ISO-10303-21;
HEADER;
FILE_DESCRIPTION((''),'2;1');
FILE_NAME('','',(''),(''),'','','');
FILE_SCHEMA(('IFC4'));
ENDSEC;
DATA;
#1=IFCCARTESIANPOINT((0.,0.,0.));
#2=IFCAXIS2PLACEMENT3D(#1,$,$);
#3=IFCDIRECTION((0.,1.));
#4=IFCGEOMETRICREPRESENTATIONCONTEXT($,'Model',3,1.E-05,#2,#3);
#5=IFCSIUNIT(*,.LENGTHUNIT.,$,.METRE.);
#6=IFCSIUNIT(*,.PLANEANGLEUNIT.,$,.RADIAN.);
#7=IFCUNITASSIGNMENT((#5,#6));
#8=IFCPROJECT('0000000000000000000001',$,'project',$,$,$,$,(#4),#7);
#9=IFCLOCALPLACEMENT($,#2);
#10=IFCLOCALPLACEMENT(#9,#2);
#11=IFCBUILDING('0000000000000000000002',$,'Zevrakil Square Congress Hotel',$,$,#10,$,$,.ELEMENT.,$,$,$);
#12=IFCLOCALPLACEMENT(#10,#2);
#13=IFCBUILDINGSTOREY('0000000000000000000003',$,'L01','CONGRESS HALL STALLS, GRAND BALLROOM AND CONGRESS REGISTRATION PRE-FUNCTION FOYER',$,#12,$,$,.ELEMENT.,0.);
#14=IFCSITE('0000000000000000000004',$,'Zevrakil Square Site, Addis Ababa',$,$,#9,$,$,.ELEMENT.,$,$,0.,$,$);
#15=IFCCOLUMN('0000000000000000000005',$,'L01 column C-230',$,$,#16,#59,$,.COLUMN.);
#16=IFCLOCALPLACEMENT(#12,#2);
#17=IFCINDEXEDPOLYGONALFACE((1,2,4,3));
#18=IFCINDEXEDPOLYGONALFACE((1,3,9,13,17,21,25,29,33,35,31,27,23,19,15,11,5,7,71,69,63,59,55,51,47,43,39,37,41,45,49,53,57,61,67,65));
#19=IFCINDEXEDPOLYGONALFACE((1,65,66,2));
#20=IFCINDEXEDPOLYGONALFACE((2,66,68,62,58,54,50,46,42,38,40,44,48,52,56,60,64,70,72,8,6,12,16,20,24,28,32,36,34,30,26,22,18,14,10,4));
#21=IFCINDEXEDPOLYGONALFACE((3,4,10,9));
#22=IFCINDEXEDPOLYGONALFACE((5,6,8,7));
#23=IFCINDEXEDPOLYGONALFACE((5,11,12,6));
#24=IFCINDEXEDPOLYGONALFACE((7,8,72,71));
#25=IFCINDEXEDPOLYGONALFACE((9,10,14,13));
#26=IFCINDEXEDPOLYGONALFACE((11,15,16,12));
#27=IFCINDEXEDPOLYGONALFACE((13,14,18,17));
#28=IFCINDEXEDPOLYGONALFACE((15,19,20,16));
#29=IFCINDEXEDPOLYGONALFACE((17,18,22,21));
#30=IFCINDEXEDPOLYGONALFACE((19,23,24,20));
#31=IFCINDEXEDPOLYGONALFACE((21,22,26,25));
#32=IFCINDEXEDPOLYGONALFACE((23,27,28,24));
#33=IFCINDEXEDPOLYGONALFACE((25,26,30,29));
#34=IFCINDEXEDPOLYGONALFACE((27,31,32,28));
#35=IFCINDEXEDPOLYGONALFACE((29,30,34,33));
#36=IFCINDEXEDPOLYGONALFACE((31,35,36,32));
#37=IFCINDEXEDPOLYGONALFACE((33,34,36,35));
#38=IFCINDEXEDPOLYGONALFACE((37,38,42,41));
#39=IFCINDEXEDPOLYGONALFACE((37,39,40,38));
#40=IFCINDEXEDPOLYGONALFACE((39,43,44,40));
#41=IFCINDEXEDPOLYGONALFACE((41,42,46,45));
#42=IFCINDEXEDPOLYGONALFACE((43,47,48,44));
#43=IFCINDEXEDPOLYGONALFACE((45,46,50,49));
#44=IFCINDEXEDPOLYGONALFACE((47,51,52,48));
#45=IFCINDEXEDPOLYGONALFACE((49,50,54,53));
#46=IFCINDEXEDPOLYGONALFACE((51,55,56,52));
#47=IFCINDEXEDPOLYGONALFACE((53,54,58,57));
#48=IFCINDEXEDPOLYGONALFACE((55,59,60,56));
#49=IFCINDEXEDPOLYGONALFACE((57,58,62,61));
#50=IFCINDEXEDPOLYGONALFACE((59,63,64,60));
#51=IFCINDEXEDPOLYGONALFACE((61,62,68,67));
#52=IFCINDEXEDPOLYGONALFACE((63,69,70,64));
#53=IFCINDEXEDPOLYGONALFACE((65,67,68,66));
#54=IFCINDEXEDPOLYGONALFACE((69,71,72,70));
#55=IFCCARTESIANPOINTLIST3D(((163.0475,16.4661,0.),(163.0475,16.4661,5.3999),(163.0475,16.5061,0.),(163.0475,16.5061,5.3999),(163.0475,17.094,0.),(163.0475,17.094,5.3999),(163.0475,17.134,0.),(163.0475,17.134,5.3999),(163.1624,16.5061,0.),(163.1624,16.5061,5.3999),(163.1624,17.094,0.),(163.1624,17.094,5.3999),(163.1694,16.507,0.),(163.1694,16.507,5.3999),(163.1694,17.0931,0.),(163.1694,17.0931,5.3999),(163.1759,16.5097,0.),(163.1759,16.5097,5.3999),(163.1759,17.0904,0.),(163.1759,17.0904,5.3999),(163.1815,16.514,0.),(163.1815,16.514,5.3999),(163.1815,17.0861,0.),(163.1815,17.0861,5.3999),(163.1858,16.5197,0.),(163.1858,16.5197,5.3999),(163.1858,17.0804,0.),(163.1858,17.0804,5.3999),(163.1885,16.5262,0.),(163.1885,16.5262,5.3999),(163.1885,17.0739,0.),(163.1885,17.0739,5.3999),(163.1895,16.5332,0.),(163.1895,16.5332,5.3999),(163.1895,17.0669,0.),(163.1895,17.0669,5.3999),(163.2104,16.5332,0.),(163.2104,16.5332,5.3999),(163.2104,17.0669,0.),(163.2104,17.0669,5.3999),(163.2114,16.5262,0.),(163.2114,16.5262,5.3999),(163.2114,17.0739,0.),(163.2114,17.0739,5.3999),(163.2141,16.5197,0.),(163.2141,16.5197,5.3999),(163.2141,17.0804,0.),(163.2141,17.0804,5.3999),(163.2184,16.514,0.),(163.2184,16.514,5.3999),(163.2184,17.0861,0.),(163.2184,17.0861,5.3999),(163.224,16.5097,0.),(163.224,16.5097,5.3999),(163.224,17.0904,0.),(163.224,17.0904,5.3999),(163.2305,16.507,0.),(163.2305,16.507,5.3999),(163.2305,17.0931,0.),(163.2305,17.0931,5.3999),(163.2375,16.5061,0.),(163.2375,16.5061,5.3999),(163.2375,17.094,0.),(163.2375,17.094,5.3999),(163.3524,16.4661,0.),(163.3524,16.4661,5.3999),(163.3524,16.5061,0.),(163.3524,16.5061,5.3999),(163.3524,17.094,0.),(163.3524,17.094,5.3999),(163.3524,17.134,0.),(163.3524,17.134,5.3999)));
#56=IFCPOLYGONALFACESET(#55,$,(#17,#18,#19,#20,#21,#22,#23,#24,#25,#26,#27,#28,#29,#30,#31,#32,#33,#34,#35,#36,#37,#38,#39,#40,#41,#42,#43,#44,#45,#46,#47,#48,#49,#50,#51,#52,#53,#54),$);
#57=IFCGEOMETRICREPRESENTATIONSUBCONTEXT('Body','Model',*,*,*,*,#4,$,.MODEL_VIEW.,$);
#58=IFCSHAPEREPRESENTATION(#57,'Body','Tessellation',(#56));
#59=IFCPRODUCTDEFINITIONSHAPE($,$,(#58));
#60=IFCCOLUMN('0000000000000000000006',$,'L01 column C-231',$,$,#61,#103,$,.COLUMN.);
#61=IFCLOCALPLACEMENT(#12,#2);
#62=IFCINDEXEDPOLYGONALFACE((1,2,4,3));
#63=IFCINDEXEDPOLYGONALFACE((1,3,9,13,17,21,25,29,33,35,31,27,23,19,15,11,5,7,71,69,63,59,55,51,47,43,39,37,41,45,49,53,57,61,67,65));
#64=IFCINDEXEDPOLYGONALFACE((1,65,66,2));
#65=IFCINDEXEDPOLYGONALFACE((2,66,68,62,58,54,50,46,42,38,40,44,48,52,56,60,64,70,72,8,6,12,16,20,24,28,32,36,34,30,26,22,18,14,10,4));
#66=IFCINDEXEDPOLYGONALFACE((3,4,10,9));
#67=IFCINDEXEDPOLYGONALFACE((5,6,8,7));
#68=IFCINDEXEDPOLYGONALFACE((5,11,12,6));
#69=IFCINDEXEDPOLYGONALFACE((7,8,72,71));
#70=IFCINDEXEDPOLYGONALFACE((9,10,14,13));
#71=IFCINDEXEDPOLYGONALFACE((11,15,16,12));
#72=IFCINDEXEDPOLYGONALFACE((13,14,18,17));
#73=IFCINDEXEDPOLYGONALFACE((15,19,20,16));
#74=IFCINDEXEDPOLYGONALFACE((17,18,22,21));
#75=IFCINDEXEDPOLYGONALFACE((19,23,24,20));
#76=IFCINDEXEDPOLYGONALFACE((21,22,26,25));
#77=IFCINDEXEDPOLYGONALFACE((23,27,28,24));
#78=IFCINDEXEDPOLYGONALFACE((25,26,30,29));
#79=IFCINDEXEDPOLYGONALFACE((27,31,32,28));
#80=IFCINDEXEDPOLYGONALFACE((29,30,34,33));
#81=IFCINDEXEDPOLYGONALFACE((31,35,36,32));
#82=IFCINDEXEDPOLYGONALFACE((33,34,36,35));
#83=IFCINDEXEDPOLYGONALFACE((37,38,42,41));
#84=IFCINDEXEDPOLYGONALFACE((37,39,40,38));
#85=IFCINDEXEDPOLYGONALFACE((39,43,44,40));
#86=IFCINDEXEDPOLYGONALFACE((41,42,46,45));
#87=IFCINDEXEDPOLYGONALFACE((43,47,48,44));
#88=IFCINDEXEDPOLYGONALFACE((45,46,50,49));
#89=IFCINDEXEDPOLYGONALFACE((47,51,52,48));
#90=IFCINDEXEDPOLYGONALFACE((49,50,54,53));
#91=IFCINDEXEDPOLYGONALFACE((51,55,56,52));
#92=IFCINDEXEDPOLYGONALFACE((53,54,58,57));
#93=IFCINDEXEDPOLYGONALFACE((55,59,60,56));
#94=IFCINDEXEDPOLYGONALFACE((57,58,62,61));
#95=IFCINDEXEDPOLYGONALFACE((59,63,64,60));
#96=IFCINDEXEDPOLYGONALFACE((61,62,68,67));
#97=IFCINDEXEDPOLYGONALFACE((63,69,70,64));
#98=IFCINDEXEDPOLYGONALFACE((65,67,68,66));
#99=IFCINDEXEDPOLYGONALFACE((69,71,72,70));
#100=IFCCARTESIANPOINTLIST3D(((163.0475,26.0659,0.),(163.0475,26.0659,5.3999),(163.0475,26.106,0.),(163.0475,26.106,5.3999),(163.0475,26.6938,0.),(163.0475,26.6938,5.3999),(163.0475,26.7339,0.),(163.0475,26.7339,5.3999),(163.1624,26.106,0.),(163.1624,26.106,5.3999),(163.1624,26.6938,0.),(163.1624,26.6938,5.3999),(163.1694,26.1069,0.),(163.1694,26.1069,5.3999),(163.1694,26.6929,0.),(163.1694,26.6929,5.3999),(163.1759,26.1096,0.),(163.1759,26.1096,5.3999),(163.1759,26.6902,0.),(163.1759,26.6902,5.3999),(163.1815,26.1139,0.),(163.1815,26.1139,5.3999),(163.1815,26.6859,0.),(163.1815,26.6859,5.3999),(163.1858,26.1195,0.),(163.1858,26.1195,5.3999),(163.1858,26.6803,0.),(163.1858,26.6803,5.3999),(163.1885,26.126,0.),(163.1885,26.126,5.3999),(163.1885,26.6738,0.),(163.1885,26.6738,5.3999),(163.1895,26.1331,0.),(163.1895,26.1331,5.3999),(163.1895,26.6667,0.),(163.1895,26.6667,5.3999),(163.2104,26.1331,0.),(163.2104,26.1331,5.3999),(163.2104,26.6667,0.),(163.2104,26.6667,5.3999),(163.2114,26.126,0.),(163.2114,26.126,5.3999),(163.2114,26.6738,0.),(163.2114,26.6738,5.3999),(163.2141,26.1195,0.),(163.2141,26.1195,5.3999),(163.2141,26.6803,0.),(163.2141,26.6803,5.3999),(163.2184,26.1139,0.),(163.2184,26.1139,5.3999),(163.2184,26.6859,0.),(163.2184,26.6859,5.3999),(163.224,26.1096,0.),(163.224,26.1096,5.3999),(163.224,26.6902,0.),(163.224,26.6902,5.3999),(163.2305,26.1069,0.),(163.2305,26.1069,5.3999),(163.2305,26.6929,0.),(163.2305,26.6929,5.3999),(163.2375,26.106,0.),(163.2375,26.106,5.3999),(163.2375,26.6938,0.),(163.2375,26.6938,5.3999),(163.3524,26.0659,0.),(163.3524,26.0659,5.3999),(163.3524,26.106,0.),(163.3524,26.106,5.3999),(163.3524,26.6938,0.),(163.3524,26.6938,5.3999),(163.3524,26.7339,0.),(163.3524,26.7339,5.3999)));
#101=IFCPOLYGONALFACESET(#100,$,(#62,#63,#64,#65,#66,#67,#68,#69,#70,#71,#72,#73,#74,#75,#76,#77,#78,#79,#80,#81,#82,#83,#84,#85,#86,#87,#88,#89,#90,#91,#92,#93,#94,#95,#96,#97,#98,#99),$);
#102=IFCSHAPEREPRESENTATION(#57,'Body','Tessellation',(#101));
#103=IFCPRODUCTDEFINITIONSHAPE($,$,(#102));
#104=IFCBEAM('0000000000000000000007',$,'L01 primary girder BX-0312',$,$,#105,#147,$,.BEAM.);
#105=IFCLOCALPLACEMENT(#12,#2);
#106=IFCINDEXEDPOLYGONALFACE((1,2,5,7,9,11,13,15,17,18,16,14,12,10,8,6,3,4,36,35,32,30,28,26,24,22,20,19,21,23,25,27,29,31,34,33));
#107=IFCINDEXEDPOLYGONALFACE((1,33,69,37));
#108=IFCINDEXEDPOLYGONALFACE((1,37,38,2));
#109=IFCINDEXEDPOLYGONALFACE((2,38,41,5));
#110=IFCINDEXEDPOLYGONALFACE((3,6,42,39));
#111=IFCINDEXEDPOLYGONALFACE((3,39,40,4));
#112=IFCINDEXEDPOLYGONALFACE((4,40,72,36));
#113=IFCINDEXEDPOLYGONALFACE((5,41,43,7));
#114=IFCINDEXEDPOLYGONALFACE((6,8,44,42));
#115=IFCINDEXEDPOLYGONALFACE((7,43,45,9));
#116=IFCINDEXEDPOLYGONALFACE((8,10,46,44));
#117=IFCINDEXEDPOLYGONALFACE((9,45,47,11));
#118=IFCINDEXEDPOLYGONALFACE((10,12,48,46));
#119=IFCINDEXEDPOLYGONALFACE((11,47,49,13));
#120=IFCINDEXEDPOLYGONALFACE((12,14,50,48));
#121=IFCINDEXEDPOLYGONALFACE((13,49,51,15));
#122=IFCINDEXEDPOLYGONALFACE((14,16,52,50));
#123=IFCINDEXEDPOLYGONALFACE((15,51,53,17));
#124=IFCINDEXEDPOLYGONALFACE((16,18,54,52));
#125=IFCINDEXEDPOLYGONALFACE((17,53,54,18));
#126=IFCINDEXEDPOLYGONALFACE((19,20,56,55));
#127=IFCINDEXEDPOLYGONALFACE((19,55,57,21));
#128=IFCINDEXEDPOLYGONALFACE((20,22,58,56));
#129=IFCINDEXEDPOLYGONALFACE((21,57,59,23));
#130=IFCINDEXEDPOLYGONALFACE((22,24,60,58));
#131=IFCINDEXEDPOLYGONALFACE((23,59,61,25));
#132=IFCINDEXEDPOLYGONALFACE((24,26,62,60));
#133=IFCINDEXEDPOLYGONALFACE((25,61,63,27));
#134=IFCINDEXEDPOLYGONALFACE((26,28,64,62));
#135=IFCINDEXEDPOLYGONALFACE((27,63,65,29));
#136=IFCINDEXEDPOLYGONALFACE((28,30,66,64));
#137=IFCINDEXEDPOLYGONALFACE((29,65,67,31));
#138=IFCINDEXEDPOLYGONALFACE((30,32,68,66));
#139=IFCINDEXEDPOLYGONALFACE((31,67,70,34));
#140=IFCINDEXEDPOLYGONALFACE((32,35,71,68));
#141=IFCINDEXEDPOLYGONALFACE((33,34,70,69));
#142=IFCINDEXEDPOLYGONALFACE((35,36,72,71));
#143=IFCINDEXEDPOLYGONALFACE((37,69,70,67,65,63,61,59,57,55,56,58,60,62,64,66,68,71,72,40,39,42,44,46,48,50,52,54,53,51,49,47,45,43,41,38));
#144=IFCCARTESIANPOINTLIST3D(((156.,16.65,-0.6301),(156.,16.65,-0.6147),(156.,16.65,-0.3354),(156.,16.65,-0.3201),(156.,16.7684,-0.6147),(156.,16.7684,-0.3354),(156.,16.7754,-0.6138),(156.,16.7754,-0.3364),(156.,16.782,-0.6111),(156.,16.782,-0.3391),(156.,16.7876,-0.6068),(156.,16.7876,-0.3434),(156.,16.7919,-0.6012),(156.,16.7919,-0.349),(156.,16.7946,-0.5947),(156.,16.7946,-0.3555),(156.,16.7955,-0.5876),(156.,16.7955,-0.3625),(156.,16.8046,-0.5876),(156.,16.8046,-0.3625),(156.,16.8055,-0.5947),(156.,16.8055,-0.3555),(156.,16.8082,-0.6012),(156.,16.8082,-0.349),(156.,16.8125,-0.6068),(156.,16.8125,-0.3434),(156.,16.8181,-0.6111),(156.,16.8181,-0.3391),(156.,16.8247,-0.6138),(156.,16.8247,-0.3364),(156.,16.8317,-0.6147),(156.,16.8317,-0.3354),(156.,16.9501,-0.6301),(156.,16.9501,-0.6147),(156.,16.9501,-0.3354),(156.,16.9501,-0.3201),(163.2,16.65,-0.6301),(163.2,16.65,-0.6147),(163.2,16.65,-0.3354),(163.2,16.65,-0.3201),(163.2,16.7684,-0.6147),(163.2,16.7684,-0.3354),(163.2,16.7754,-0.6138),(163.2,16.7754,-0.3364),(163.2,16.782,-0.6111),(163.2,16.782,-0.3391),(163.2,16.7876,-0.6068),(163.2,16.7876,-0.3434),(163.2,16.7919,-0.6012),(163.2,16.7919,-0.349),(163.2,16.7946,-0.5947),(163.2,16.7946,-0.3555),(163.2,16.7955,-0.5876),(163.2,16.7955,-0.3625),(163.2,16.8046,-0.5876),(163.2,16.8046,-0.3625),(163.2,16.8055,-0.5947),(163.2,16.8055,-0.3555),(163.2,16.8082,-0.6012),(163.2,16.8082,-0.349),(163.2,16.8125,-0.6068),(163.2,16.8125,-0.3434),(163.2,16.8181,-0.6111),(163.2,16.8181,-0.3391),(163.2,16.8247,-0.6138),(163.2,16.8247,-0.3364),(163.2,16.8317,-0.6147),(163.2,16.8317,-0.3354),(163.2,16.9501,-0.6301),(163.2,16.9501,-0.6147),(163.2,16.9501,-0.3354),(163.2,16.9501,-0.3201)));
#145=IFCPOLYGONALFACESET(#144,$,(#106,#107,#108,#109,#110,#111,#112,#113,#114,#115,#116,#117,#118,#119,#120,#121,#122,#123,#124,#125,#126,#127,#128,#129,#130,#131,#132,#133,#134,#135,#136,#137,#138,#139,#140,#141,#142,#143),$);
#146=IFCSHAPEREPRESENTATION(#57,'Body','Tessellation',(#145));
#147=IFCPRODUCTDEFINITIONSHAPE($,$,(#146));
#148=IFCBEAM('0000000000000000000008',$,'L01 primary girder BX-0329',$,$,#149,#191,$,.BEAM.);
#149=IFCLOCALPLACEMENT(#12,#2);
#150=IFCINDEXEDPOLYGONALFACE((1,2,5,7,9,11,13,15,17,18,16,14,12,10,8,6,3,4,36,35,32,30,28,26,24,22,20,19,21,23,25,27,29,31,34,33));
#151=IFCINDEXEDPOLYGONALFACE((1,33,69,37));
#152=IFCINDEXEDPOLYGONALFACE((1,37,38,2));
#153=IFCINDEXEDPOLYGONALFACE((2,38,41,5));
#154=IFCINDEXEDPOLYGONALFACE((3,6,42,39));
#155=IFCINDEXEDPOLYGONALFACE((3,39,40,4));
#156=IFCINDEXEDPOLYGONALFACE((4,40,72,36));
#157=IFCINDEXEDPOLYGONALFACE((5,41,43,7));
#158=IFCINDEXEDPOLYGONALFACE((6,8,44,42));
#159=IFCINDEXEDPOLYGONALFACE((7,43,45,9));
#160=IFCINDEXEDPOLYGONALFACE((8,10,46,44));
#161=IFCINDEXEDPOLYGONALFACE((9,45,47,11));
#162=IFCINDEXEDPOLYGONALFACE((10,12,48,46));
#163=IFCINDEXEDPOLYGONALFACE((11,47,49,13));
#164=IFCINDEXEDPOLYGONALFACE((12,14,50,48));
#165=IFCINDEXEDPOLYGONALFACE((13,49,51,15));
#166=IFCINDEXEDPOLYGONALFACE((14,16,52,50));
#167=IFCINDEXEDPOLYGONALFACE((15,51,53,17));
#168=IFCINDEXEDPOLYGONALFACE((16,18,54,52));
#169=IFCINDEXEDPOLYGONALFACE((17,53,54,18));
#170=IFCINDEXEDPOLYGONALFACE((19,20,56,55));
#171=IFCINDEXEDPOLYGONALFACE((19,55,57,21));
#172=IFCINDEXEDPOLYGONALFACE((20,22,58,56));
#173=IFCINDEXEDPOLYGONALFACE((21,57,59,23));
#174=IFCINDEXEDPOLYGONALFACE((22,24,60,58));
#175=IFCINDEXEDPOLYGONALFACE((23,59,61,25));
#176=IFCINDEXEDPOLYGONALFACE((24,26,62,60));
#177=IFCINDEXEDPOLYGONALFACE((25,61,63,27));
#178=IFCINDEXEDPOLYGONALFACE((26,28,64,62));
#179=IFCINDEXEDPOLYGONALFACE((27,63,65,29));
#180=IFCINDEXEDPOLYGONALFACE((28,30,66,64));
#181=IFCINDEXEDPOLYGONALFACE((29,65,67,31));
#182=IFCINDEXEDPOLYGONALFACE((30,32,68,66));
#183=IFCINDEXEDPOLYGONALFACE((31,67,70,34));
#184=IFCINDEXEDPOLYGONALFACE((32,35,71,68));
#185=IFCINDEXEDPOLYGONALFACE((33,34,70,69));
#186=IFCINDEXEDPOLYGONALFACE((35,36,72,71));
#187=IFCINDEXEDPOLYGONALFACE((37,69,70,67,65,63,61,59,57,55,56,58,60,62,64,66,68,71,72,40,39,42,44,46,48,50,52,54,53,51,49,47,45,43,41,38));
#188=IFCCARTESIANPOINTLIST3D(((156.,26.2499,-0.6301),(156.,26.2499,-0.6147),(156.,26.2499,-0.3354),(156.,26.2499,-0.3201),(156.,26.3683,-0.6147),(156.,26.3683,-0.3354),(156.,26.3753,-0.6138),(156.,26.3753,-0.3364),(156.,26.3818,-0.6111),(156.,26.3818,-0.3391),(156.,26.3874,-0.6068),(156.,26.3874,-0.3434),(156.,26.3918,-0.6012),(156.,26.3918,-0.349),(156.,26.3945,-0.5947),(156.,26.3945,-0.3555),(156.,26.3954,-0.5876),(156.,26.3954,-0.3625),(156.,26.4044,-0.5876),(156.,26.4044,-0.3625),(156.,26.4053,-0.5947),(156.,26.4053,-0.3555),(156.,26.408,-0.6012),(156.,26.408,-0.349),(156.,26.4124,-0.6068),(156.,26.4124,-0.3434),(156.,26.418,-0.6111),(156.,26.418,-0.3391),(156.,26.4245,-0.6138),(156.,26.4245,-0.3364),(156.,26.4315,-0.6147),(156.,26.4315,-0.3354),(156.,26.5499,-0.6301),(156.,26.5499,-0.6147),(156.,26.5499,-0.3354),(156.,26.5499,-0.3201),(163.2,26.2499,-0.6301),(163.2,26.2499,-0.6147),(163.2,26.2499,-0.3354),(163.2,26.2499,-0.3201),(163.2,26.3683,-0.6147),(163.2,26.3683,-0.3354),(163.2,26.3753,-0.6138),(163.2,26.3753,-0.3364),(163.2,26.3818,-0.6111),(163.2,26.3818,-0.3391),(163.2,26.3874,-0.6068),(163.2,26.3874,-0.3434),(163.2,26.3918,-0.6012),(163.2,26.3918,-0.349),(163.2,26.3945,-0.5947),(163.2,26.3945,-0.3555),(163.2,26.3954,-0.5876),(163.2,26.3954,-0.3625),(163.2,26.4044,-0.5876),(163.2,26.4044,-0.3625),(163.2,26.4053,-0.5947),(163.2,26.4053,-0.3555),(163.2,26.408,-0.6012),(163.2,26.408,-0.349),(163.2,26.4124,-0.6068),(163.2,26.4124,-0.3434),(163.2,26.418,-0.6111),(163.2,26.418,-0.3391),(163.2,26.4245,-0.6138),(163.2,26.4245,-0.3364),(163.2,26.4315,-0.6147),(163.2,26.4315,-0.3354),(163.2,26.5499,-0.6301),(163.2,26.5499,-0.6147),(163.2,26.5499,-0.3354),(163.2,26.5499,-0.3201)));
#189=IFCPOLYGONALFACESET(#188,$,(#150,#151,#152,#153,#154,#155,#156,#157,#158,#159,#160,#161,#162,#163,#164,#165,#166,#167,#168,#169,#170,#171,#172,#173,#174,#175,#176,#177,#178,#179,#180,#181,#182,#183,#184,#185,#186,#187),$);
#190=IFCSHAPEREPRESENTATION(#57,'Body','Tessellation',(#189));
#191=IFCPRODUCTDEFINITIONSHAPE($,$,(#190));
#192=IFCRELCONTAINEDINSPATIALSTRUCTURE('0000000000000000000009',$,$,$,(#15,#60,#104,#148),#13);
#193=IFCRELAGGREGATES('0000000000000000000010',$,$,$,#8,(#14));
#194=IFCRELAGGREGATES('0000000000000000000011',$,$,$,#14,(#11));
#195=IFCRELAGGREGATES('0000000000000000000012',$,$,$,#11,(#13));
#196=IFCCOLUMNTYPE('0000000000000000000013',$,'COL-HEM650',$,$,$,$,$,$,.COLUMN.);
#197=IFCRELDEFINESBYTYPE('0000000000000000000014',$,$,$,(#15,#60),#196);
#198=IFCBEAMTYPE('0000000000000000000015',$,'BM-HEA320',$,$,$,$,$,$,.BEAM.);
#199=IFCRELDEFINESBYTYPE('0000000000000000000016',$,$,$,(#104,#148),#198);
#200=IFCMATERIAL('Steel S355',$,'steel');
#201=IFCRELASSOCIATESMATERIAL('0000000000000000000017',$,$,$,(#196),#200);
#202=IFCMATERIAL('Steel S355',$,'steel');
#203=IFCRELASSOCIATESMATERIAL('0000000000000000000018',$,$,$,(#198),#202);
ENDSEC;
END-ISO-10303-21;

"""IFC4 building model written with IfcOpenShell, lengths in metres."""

from ifc_helpers import new_model, si_unit, direction, frame, origin, origin_2d, place, context, subcontext, project, spatial, i_section, extrude, material, material_profile, profile_set, type_object, element, save


model = new_model("IFC4")

# Units and contexts
model_context = context("Model", 3, precision=1e-05, world=origin(), true_north=direction((0.0, 1.0)))
body_context = subcontext(model_context, "Body", "Model", "MODEL_VIEW")
ifc_project = project(units=[si_unit("LENGTHUNIT", "METRE"), si_unit("PLANEANGLEUNIT", "RADIAN")], contexts=[model_context])

# Site, building, storey
site_placement = place(None, origin())
site = spatial("IfcSite", under=ifc_project, at=site_placement, Name="Zevrakil Square Site, Addis Ababa", CompositionType="ELEMENT", RefElevation=0.0)
building_placement = place(site_placement, origin())
building = spatial("IfcBuilding", under=site, at=building_placement, Name="Zevrakil Square Congress Hotel", CompositionType="ELEMENT")
storey_placement = place(building_placement, origin())
storey = spatial("IfcBuildingStorey", under=building, at=storey_placement, Name="L01", Description="CONGRESS HALL STALLS, GRAND BALLROOM AND CONGRESS REGISTRATION PRE-FUNCTION FOYER", CompositionType="ELEMENT", Elevation=0.0)

# Columns
ifc_material_1 = material(Name="Steel S355", Category="steel")
ifc_material_profile_1 = material_profile(ifc_material_1, i_section(OverallWidth=0.3049, OverallDepth=0.668, WebThickness=0.021, FlangeThickness=0.04, FilletRadius=0.0271, at=origin_2d()), Name="HEM 650")
ifc_profile_set_1 = profile_set([ifc_material_profile_1], Name="Steel S355")
column_type_1 = type_object("IfcColumnType", Name="COL-HEM650", PredefinedType="COLUMN", material=ifc_profile_set_1)
for number, where, z_axis, x_axis, name in (
    (1, (163.2, 16.8, 0.0), (0.0, 0.0, 1.0), (1.0, 0.0, 0.0), "L01 column C-230"),
    (2, (163.2, 26.3999, 0.0), (0.0, 0.0, 1.0), (1.0, 0.0, 0.0), "L01 column C-231"),
):
    element("IfcColumn", number, at=place(storey_placement, frame(where, z_axis=z_axis, x_axis=x_axis)), inside=storey, type_object=column_type_1, Name=name, PredefinedType="COLUMN", context=body_context, shape_type="SweptSolid", body=[
        extrude(i_section(OverallWidth=0.3049, OverallDepth=0.668, WebThickness=0.021, FlangeThickness=0.04, FilletRadius=0.0271, at=origin_2d()), origin(), (0.0, 0.0, 1.0), 5.3999),
    ])

# Beams
ifc_material_2 = material(Name="Steel S355", Category="steel")
ifc_material_profile_2 = material_profile(ifc_material_2, i_section(OverallWidth=0.3, OverallDepth=0.3101, WebThickness=0.009, FlangeThickness=0.0154, FilletRadius=0.0271, at=origin_2d()), Name="HEA 320")
ifc_profile_set_2 = profile_set([ifc_material_profile_2], Name="Steel S355")
beam_type_1 = type_object("IfcBeamType", Name="BM-HEA320", PredefinedType="BEAM", material=ifc_profile_set_2)
for number, where, z_axis, x_axis, name in (
    (3, (156.0, 16.8, -0.4751), (1.0, 0.0, 0.0), (0.0, 1.0, 0.0), "L01 primary girder BX-0312"),
    (4, (156.0, 26.3999, -0.4751), (1.0, 0.0, 0.0), (0.0, 1.0, 0.0), "L01 primary girder BX-0329"),
):
    element("IfcBeam", number, at=place(storey_placement, frame(where, z_axis=z_axis, x_axis=x_axis)), inside=storey, type_object=beam_type_1, Name=name, PredefinedType="BEAM", context=body_context, shape_type="SweptSolid", body=[
        extrude(i_section(OverallWidth=0.3, OverallDepth=0.3101, WebThickness=0.009, FlangeThickness=0.0154, FilletRadius=0.0271, at=origin_2d()), origin(), (0.0, 0.0, 1.0), 7.2),
    ])

save(model, "model.ifc")
